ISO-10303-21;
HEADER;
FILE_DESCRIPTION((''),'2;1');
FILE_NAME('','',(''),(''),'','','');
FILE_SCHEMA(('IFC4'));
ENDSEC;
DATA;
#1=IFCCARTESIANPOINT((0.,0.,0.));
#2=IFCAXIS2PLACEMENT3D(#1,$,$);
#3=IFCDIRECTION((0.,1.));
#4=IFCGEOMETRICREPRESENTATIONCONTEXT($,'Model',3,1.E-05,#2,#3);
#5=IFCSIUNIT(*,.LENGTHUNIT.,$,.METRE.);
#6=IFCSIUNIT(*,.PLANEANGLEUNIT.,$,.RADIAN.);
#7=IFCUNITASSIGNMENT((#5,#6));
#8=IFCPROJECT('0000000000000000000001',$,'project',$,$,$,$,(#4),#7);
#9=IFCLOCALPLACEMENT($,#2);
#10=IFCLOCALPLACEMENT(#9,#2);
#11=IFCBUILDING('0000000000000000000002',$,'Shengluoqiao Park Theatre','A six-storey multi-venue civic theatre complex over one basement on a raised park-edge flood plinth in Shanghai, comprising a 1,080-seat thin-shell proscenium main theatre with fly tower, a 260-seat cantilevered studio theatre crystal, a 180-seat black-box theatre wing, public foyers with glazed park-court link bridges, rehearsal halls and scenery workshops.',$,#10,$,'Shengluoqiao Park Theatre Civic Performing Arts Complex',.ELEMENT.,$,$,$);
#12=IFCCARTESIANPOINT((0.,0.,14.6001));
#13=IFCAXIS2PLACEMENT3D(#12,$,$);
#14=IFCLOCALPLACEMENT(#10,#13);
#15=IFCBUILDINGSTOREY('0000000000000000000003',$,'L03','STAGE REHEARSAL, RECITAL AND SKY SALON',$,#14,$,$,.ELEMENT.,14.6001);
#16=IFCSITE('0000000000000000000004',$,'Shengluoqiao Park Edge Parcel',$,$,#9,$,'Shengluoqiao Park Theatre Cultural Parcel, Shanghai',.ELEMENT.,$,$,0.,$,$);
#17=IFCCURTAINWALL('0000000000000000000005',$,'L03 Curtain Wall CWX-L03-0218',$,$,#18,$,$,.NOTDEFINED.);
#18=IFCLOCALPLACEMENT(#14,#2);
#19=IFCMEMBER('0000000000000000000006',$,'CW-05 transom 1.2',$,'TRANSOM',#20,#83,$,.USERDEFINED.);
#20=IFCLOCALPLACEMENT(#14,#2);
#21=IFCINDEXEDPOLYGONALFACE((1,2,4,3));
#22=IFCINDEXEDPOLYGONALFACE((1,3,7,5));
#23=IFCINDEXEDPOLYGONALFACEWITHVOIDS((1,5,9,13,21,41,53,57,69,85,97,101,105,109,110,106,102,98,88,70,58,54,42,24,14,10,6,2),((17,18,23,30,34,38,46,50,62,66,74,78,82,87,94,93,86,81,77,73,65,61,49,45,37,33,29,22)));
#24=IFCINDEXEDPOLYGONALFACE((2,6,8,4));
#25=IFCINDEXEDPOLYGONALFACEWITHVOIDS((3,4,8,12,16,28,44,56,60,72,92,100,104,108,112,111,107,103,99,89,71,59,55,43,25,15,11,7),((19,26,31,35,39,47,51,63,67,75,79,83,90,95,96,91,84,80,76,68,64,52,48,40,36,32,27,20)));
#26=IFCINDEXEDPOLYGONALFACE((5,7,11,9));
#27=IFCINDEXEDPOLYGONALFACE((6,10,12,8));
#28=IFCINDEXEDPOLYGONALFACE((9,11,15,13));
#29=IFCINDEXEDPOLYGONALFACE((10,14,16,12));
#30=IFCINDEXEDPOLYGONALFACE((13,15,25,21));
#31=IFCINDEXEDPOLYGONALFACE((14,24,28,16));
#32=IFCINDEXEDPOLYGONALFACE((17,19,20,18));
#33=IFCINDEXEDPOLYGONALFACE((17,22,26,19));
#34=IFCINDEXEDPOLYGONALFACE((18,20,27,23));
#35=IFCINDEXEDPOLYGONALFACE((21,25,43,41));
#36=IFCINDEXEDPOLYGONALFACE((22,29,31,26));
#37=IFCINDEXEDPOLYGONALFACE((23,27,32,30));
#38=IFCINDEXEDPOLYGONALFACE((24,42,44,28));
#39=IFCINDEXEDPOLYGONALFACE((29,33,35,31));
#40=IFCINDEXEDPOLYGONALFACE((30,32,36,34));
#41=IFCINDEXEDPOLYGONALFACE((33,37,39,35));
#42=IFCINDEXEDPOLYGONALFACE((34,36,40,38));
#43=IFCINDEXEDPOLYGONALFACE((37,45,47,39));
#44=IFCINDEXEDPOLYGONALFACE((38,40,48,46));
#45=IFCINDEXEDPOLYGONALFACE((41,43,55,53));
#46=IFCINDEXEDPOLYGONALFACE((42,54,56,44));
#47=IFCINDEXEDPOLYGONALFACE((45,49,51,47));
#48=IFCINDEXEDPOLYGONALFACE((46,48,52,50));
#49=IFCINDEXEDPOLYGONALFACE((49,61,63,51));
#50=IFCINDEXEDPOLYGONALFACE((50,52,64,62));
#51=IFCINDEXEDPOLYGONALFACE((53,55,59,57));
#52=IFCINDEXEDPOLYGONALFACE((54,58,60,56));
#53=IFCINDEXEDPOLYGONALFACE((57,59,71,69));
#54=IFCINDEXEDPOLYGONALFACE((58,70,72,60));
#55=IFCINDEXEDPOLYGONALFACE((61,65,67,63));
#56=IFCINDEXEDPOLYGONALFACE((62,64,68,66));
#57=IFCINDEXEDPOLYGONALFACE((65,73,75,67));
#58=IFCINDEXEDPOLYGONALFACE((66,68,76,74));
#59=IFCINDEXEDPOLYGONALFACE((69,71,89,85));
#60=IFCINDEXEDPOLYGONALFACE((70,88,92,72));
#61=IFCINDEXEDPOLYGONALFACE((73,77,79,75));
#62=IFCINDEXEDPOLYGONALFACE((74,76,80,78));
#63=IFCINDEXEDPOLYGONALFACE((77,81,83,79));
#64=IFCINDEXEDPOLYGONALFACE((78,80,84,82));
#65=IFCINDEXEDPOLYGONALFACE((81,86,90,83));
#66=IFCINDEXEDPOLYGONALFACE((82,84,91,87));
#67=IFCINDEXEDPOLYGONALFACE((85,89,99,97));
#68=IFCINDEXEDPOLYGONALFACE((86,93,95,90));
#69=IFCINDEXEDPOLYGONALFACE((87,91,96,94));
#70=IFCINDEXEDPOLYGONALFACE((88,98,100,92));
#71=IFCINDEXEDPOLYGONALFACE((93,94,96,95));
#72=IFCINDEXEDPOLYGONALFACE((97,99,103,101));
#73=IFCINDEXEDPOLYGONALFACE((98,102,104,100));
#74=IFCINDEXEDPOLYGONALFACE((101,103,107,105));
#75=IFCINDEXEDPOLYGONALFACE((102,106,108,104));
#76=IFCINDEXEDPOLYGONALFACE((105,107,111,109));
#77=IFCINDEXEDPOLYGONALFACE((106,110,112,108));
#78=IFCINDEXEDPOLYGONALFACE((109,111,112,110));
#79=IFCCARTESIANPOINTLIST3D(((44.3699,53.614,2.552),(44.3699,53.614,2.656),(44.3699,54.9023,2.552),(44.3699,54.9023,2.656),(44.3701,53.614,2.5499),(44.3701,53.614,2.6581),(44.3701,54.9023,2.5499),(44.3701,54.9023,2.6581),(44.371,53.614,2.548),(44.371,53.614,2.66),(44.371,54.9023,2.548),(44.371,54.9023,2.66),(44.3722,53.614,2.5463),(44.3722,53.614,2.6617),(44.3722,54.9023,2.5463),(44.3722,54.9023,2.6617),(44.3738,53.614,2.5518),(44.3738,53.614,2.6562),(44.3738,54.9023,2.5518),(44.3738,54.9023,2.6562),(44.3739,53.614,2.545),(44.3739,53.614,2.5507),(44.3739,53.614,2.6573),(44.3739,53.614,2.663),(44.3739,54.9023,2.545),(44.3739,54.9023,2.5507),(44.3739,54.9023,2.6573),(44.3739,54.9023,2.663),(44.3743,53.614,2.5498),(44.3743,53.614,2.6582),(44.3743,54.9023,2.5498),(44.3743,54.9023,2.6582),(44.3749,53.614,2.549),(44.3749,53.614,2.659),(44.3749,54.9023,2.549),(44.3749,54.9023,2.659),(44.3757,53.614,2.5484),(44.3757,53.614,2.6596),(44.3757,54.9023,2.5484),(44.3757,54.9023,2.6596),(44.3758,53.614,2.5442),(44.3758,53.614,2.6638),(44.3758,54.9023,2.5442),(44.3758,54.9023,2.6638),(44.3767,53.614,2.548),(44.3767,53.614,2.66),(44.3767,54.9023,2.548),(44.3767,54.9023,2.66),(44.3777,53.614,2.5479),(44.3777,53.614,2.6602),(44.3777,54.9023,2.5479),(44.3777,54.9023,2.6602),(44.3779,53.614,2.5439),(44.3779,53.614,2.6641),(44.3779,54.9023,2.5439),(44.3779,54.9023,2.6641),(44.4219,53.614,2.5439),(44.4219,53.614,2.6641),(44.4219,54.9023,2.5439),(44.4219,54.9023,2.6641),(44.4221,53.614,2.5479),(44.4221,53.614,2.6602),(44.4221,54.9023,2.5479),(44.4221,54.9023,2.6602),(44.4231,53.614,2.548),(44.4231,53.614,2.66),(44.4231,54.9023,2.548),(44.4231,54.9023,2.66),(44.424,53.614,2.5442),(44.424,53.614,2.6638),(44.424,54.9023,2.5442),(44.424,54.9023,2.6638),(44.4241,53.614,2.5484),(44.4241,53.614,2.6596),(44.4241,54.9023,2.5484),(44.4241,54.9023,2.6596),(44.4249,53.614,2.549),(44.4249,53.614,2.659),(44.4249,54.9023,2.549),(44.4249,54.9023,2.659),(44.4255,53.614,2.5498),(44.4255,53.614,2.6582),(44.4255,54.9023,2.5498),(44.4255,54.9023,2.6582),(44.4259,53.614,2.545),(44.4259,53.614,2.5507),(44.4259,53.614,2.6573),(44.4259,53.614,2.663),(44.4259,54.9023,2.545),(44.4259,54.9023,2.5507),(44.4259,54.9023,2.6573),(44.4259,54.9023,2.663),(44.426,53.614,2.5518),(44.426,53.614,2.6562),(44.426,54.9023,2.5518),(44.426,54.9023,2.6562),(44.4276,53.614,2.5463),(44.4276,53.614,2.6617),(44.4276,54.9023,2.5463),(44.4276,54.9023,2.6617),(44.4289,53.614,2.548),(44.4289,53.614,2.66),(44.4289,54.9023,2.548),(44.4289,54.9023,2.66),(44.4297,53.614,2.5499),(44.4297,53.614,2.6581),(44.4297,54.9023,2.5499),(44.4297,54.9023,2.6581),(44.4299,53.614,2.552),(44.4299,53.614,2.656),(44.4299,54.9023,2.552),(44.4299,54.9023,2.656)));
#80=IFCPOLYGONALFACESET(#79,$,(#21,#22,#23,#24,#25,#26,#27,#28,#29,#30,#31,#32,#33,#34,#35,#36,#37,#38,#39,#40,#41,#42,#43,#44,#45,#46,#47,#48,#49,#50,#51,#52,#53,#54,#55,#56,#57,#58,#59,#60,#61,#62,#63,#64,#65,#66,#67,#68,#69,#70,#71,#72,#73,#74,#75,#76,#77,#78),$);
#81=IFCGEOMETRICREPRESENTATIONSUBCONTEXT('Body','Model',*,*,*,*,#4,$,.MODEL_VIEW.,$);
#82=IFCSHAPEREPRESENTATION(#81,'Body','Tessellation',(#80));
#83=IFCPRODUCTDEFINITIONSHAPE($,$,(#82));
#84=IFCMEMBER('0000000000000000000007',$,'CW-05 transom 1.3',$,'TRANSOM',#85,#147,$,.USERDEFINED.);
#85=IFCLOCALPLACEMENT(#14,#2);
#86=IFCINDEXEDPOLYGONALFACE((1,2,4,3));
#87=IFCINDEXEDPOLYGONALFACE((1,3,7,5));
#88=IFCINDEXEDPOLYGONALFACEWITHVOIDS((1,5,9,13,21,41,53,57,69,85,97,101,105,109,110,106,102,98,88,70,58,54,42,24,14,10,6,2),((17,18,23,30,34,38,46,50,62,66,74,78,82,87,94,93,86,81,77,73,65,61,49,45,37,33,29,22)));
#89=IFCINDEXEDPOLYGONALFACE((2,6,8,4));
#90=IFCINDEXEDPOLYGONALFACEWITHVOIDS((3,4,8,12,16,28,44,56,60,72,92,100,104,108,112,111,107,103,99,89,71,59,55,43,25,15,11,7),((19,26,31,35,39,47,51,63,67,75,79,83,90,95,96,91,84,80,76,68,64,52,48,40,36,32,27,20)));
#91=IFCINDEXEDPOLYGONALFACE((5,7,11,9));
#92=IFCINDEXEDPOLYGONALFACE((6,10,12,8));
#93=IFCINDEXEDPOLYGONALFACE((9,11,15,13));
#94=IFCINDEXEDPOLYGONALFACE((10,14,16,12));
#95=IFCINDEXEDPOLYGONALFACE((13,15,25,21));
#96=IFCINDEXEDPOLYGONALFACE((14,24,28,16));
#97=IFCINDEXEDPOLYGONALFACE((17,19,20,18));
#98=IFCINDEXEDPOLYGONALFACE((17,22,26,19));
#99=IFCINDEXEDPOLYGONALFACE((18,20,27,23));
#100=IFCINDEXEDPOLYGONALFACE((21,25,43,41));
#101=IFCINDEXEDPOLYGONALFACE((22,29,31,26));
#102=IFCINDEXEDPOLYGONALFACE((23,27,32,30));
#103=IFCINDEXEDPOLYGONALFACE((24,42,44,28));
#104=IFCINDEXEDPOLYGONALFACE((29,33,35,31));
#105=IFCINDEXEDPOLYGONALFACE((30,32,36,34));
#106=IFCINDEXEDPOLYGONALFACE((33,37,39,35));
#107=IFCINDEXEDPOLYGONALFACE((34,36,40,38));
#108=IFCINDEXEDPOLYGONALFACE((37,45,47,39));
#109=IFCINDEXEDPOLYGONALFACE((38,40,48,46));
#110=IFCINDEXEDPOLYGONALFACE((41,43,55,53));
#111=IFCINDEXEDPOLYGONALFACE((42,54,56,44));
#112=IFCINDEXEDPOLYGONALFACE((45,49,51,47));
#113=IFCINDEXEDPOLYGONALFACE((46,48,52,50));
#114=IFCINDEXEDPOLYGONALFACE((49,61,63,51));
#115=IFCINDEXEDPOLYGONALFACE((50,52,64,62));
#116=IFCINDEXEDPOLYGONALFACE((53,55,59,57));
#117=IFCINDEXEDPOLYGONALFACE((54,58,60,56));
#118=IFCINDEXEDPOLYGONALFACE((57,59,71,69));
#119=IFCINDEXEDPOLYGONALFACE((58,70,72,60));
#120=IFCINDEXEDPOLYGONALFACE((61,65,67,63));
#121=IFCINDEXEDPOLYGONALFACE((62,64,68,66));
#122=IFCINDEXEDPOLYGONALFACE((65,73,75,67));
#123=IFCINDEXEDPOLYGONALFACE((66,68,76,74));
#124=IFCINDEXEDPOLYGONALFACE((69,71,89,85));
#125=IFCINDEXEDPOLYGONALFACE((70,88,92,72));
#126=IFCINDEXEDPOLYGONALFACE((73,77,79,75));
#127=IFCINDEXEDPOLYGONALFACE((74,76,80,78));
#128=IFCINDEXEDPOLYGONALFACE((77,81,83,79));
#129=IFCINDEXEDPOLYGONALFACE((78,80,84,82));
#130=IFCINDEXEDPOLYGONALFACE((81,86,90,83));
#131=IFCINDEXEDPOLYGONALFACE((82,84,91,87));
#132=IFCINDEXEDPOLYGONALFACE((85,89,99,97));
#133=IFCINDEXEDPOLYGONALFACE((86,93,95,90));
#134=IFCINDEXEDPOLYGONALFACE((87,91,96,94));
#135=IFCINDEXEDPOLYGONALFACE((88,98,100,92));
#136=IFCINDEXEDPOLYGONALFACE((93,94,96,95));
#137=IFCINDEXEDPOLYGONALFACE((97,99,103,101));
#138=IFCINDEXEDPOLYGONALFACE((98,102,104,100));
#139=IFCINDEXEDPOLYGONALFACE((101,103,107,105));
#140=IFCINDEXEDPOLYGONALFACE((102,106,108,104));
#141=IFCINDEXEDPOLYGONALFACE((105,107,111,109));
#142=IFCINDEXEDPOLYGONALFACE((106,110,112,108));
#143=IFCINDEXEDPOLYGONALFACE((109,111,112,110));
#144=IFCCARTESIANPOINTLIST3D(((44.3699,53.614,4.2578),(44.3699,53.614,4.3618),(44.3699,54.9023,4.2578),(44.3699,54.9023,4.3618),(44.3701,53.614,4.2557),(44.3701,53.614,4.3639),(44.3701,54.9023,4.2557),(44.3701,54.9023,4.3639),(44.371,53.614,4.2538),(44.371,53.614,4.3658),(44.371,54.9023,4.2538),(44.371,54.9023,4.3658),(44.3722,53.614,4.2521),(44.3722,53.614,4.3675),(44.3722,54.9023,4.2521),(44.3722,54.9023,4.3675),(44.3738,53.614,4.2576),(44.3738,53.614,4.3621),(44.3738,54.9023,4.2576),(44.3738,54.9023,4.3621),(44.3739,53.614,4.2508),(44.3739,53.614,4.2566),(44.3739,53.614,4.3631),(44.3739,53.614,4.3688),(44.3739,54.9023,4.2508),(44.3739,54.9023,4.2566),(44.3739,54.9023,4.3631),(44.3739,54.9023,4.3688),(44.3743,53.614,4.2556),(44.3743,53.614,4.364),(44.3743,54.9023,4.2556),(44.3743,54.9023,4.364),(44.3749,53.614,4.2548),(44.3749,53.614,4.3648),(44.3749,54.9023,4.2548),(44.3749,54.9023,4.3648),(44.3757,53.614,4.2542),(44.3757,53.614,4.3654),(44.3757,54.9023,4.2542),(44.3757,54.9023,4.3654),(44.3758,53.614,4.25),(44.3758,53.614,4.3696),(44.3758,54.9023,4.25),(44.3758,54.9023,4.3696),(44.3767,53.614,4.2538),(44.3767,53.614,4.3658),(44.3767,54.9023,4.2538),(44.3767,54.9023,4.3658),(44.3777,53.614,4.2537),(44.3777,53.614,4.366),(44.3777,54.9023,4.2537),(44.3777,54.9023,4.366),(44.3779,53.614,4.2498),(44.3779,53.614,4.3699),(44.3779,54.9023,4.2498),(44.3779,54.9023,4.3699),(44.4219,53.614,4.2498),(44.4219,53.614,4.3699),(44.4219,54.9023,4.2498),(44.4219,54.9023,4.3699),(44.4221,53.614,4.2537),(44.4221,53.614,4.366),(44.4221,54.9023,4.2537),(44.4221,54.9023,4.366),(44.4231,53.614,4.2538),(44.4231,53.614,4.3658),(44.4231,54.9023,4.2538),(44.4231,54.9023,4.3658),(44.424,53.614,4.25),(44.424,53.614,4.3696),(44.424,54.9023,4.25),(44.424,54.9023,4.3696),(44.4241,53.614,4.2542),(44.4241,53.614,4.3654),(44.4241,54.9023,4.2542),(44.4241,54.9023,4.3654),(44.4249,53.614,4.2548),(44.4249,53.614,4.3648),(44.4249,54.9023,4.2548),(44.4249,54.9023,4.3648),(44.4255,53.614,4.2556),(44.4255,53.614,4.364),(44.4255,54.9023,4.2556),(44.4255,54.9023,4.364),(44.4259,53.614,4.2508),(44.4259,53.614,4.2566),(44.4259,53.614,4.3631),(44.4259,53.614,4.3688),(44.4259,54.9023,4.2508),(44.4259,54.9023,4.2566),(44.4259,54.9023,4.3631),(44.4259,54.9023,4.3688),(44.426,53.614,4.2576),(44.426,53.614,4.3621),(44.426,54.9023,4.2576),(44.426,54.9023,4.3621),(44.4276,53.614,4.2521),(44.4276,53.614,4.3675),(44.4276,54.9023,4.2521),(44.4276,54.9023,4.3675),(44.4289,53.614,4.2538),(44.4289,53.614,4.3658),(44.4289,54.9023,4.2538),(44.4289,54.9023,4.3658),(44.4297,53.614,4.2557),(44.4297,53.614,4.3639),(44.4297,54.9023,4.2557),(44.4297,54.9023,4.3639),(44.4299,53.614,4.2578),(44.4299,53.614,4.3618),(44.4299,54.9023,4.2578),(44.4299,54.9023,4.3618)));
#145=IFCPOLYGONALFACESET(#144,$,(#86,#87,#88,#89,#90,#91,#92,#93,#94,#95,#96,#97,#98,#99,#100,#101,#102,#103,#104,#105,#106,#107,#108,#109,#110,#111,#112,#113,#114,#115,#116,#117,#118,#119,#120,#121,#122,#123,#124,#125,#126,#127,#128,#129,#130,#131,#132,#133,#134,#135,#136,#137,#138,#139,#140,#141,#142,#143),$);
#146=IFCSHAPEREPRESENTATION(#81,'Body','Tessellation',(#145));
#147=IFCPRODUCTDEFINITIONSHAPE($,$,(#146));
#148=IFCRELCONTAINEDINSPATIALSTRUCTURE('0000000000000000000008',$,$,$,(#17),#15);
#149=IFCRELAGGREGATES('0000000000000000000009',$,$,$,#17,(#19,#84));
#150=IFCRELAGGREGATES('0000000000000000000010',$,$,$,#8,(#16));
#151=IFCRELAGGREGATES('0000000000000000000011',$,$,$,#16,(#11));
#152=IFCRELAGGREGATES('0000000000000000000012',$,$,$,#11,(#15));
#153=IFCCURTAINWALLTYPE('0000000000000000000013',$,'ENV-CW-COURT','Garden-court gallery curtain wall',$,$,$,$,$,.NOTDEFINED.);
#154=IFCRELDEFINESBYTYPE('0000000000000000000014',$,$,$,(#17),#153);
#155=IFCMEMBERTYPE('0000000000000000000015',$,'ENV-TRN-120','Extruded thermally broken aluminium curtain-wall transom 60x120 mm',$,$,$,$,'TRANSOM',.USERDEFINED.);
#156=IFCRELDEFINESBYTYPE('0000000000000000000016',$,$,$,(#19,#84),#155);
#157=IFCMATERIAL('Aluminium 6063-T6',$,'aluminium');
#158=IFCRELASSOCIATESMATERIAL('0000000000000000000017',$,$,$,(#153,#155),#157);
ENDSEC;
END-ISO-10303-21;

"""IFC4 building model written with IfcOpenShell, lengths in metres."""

from ifc_helpers import new_model, si_unit, direction, frame, origin, origin_2d, place, context, subcontext, project, spatial, hollow_rectangle, extrude, material, material_profile, profile_set, type_object, element, aggregate, save


model = new_model("IFC4")

# Units and contexts
model_context = context("Model", 3, precision=1e-05, world=origin(), true_north=direction((0.0, 1.0)))
body_context = subcontext(model_context, "Body", "Model", "MODEL_VIEW")
ifc_project = project(units=[si_unit("LENGTHUNIT", "METRE"), si_unit("PLANEANGLEUNIT", "RADIAN")], contexts=[model_context])

# Site, building, storey
site_placement = place(None, origin())
site = spatial("IfcSite", under=ifc_project, at=site_placement, Name="Shengluoqiao Park Edge Parcel", LongName="Shengluoqiao Park Theatre Cultural Parcel, Shanghai", CompositionType="ELEMENT", RefElevation=0.0)
building_placement = place(site_placement, origin())
building = spatial("IfcBuilding", under=site, at=building_placement, Name="Shengluoqiao Park Theatre", Description="A six-storey multi-venue civic theatre complex over one basement on a raised park-edge flood plinth in Shanghai, comprising a 1,080-seat thin-shell proscenium main theatre with fly tower, a 260-seat cantilevered studio theatre crystal, a 180-seat black-box theatre wing, public foyers with glazed park-court link bridges, rehearsal halls and scenery workshops.", LongName="Shengluoqiao Park Theatre Civic Performing Arts Complex", CompositionType="ELEMENT")
storey_placement = place(building_placement, frame((0.0, 0.0, 14.6001)))
storey = spatial("IfcBuildingStorey", under=building, at=storey_placement, Name="L03", Description="STAGE REHEARSAL, RECITAL AND SKY SALON", CompositionType="ELEMENT", Elevation=14.6001)

# Curtain wall
ifc_material_1 = material(Name="Aluminium 6063-T6", Category="aluminium")
curtain_wall_type_1 = type_object("IfcCurtainWallType", Name="ENV-CW-COURT", Description="Garden-court gallery curtain wall", PredefinedType="NOTDEFINED", material=ifc_material_1)
curtain_wall_1_placement = place(storey_placement, origin())
curtain_wall_1 = element("IfcCurtainWall", 1, at=curtain_wall_1_placement, inside=storey, type_object=curtain_wall_type_1, Name="L03 Curtain Wall CWX-L03-0218", PredefinedType="NOTDEFINED")

# Members
ifc_material_profile_1 = material_profile(ifc_material_1, hollow_rectangle(XDim=0.0601, YDim=0.1201, WallThickness=0.0039, InnerFilletRadius=0.0039, OuterFilletRadius=0.0081, at=origin_2d()), Name="ALU TRANSOM 120x60x4")
ifc_profile_set_1 = profile_set([ifc_material_profile_1], Name="Aluminium 6063-T6")
member_type_1 = type_object("IfcMemberType", Name="ENV-TRN-120", Description="Extruded thermally broken aluminium curtain-wall transom 60x120 mm", ElementType="TRANSOM", PredefinedType="USERDEFINED", material=ifc_profile_set_1)
member_1_placement = place(storey_placement, frame((44.3999, 53.614, 2.604), z_axis=(0.0, 1.0, 0.0), x_axis=(-1.0, 0.0, 0.0)))
member_1 = element("IfcMember", 2, at=member_1_placement, type_object=member_type_1, Name="CW-05 transom 1.2", ObjectType="TRANSOM", PredefinedType="USERDEFINED", context=body_context, shape_type="SweptSolid", body=[
    extrude(hollow_rectangle(XDim=0.0601, YDim=0.1201, WallThickness=0.0039, InnerFilletRadius=0.0039, OuterFilletRadius=0.0081, at=origin_2d()), origin(), (0.0, 0.0, 1.0), 1.2883),
])
member_2_placement = place(storey_placement, frame((44.3999, 53.614, 4.3098), z_axis=(0.0, 1.0, 0.0), x_axis=(-1.0, 0.0, 0.0)))
member_2 = element("IfcMember", 3, at=member_2_placement, type_object=member_type_1, Name="CW-05 transom 1.3", ObjectType="TRANSOM", PredefinedType="USERDEFINED", context=body_context, shape_type="SweptSolid", body=[
    extrude(hollow_rectangle(XDim=0.0601, YDim=0.1201, WallThickness=0.0039, InnerFilletRadius=0.0039, OuterFilletRadius=0.0081, at=origin_2d()), origin(), (0.0, 0.0, 1.0), 1.2883),
])

aggregate(curtain_wall_1, [member_1, member_2])

save(model, "model.ifc")
